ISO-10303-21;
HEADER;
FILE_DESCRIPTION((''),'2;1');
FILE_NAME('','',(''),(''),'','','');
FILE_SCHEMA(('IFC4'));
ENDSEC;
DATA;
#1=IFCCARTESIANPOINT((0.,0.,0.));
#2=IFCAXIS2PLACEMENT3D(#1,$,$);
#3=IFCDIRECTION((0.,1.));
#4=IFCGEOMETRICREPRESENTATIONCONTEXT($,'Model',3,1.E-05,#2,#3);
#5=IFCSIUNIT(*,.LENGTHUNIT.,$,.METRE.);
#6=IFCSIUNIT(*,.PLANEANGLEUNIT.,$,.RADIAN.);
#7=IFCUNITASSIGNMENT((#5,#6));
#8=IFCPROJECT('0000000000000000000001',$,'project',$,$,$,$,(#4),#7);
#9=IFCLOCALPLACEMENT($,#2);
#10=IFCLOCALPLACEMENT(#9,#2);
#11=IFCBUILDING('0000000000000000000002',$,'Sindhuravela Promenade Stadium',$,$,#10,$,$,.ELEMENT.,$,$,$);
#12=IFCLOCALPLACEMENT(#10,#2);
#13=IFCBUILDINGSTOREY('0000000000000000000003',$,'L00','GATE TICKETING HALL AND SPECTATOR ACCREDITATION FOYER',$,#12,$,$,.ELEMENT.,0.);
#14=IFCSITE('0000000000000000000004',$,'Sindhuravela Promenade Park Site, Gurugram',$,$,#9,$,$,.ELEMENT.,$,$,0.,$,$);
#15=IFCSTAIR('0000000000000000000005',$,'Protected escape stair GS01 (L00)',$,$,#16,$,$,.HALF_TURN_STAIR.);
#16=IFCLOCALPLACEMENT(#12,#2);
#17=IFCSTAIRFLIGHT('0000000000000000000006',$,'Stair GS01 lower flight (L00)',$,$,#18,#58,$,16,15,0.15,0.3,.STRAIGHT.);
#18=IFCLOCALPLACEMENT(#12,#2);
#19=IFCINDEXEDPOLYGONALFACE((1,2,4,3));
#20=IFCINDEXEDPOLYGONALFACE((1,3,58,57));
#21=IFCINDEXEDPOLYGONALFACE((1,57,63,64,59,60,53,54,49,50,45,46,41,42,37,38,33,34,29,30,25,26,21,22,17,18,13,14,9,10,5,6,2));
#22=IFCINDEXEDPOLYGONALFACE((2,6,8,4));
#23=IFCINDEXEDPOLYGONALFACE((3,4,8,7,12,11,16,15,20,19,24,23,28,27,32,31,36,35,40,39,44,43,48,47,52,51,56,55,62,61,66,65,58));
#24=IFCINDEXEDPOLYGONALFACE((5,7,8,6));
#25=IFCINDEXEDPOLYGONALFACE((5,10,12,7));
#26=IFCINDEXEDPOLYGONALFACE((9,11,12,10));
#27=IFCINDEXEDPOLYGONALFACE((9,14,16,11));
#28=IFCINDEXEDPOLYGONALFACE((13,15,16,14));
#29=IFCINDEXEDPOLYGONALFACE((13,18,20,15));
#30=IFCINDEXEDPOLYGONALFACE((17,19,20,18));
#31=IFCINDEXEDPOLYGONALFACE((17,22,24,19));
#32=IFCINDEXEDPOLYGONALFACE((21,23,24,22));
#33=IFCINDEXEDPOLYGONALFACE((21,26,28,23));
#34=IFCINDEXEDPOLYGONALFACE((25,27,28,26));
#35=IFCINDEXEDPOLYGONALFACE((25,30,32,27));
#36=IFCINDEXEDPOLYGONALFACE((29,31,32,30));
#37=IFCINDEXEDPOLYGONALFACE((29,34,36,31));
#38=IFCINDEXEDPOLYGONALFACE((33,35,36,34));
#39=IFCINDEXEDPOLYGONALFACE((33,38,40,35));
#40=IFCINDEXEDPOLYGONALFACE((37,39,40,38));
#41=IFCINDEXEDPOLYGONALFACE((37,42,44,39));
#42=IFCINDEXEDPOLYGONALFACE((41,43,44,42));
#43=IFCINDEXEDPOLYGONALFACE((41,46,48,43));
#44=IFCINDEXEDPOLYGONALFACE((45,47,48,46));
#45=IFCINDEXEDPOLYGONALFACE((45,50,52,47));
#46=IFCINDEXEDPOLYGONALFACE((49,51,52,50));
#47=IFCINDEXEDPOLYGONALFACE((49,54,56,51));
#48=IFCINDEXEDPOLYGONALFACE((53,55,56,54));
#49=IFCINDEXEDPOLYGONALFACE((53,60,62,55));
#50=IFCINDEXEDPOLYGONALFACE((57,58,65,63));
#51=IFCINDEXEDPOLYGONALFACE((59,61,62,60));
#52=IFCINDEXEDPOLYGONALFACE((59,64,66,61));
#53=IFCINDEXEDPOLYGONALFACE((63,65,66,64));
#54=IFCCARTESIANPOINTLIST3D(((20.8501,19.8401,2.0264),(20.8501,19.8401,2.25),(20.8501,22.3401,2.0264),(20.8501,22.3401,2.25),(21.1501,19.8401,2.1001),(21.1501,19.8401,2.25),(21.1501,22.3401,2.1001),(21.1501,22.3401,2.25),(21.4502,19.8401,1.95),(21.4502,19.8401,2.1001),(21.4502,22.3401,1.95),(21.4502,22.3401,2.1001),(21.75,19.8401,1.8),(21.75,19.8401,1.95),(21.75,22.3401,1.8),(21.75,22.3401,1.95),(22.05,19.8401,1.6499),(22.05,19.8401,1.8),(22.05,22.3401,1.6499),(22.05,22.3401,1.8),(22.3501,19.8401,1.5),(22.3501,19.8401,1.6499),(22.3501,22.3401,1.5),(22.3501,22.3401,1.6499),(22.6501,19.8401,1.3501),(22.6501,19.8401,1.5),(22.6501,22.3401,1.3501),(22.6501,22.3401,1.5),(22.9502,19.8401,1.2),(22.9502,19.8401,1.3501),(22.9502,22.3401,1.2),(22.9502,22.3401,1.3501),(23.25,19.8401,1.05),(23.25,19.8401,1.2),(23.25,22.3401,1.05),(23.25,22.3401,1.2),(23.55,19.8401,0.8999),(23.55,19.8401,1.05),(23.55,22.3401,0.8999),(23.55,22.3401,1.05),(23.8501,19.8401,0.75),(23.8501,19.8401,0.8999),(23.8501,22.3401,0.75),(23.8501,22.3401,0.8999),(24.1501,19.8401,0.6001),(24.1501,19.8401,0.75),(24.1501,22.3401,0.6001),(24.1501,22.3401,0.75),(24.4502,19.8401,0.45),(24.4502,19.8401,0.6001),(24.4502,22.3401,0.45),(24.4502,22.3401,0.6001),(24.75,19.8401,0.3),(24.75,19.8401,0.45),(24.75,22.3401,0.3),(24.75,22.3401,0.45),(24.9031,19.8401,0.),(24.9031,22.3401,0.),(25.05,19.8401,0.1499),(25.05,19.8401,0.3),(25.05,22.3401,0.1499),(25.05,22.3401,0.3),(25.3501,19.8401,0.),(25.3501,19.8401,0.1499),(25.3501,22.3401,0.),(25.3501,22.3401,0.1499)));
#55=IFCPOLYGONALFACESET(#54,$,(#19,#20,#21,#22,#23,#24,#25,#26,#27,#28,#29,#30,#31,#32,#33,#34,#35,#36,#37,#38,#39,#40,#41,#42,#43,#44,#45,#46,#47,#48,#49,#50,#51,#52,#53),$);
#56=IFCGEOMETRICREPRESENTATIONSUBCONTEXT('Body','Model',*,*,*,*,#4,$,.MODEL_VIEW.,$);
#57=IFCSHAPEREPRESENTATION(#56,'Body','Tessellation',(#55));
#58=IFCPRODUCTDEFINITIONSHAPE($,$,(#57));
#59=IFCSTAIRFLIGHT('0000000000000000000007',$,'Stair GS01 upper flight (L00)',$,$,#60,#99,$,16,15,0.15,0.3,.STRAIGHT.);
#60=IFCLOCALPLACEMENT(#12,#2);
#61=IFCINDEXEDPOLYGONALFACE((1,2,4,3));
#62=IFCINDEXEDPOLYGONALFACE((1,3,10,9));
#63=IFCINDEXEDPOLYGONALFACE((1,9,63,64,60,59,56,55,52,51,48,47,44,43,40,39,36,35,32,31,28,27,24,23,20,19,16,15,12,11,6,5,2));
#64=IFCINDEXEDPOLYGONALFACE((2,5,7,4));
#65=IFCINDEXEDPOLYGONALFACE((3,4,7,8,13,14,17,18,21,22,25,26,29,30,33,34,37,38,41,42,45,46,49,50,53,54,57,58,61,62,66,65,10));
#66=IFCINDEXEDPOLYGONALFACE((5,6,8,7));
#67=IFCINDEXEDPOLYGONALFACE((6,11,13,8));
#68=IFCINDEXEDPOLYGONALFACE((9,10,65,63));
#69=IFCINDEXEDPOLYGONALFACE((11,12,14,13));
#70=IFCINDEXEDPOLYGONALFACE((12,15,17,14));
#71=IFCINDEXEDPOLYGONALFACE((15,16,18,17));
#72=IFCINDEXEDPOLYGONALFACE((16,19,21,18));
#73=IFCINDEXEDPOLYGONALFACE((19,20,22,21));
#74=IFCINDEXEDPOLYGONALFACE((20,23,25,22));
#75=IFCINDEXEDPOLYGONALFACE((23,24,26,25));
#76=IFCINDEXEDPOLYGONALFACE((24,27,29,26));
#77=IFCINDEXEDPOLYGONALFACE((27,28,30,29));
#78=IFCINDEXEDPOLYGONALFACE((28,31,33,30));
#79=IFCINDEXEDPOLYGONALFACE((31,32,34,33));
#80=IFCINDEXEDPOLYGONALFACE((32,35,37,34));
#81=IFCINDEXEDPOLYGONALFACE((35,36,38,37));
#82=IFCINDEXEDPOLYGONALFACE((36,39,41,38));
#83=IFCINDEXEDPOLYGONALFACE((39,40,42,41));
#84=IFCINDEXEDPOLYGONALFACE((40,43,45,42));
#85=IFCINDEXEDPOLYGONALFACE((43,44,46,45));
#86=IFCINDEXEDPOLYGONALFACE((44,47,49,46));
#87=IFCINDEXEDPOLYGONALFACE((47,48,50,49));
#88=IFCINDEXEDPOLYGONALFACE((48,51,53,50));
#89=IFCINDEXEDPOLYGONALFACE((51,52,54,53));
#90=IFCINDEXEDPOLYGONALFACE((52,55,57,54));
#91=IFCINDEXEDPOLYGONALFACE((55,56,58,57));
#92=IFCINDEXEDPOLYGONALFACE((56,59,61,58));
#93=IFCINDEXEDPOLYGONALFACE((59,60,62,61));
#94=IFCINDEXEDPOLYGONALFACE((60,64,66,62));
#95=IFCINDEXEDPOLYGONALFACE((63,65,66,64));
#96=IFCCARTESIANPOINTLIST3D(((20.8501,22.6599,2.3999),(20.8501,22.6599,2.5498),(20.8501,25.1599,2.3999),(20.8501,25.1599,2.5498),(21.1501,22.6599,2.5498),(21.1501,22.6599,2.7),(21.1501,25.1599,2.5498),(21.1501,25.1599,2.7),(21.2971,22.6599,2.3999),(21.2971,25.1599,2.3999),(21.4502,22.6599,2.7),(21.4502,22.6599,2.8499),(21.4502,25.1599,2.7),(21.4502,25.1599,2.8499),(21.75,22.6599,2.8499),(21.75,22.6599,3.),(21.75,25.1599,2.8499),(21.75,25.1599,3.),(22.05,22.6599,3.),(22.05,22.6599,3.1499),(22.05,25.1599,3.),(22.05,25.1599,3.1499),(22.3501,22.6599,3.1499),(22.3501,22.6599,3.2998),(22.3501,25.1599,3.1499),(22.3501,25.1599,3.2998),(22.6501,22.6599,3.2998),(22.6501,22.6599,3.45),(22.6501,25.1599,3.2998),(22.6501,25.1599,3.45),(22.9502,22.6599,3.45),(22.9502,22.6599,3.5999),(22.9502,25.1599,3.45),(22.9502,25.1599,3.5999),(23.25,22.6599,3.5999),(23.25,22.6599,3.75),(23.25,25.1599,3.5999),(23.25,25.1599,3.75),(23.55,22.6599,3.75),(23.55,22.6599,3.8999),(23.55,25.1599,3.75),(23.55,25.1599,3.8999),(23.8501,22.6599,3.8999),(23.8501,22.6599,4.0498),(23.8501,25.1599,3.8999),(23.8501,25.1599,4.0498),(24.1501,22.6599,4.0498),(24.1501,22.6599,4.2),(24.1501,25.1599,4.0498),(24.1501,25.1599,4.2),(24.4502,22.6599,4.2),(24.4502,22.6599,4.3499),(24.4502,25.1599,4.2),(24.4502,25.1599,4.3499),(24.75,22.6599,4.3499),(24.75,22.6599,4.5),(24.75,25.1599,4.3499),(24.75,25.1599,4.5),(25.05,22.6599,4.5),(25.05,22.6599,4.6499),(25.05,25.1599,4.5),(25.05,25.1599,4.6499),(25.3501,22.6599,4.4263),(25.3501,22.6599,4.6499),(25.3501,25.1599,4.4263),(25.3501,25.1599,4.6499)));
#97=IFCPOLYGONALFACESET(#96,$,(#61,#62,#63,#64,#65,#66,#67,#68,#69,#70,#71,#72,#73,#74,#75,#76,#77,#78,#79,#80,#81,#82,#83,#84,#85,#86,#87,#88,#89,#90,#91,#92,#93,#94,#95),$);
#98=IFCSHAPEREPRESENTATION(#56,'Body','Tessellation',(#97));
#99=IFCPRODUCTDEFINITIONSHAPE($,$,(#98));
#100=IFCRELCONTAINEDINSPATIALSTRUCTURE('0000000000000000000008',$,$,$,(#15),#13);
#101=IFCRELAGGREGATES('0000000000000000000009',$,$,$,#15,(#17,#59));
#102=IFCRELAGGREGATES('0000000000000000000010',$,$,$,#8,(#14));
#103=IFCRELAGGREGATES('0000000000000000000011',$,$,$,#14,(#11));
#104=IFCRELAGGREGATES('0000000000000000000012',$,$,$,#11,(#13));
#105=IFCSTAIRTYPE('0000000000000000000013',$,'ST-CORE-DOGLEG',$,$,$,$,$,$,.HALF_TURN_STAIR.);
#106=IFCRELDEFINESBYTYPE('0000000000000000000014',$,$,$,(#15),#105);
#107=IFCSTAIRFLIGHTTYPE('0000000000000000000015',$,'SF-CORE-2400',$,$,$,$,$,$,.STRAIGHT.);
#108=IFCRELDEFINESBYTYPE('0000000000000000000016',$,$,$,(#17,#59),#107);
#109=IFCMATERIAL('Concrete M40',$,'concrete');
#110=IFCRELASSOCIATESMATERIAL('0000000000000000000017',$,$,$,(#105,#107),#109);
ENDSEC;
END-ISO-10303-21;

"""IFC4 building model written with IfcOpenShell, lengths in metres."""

from ifc_helpers import new_model, si_unit, direction, frame, origin, place, context, subcontext, project, spatial, polyline, outline, extrude, material, type_object, element, aggregate, save


model = new_model("IFC4")

# Units and contexts
model_context = context("Model", 3, precision=1e-05, world=origin(), true_north=direction((0.0, 1.0)))
body_context = subcontext(model_context, "Body", "Model", "MODEL_VIEW")
ifc_project = project(units=[si_unit("LENGTHUNIT", "METRE"), si_unit("PLANEANGLEUNIT", "RADIAN")], contexts=[model_context])

# Site, building, storey
site_placement = place(None, origin())
site = spatial("IfcSite", under=ifc_project, at=site_placement, Name="Sindhuravela Promenade Park Site, Gurugram", CompositionType="ELEMENT", RefElevation=0.0)
building_placement = place(site_placement, origin())
building = spatial("IfcBuilding", under=site, at=building_placement, Name="Sindhuravela Promenade Stadium", CompositionType="ELEMENT")
storey_placement = place(building_placement, origin())
storey = spatial("IfcBuildingStorey", under=building, at=storey_placement, Name="L00", Description="GATE TICKETING HALL AND SPECTATOR ACCREDITATION FOYER", CompositionType="ELEMENT", Elevation=0.0)

# Shared definitions
ifc_material_1 = material(Name="Concrete M40", Category="concrete")

# Stair, stair flights
stair_type = type_object("IfcStairType", Name="ST-CORE-DOGLEG", PredefinedType="HALF_TURN_STAIR", material=ifc_material_1)
stair_placement = place(storey_placement, origin())
stair = element("IfcStair", 1, at=stair_placement, inside=storey, type_object=stair_type, Name="Protected escape stair GS01 (L00)", PredefinedType="HALF_TURN_STAIR")
stair_flight_type = type_object("IfcStairFlightType", Name="SF-CORE-2400", PredefinedType="STRAIGHT", material=ifc_material_1)
stair_flight_1_placement = place(storey_placement, frame((25.3501, 21.0901, 0.0), z_axis=(0.0, 0.0, 1.0), x_axis=(-1.0, 0.0, 0.0)))
stair_flight_1 = element("IfcStairFlight", 2, at=stair_flight_1_placement, type_object=stair_flight_type, Name="Stair GS01 lower flight (L00)", NumberOfRisers=16, NumberOfTreads=15, PredefinedType="STRAIGHT", RiserHeight=0.15, TreadLength=0.3, context=body_context, shape_type="SweptSolid", body=[
    extrude(outline(polyline([(0.0, 0.0), (0.0, 0.1499), (0.3, 0.1499), (0.3, 0.3), (0.6001, 0.3), (0.6001, 0.45), (0.8999, 0.45), (0.8999, 0.6001), (1.2, 0.6001), (1.2, 0.75), (1.5, 0.75), (1.5, 0.8999), (1.8, 0.8999), (1.8, 1.05), (2.1001, 1.05), (2.1001, 1.2), (2.3999, 1.2), (2.3999, 1.3501), (2.7, 1.3501), (2.7, 1.5), (3.0, 1.5), (3.0, 1.6499), (3.3, 1.6499), (3.3, 1.8), (3.6001, 1.8), (3.6001, 1.95), (3.8999, 1.95), (3.8999, 2.1001), (4.2, 2.1001), (4.2, 2.25), (4.5, 2.25), (4.5, 2.3999), (4.5, 2.0264), (0.447, 0.0), (0.0, 0.0)])), frame((0.0, 1.25, 0.0), z_axis=(0.0, -1.0, 0.0), x_axis=(1.0, 0.0, 0.0)), (0.0, 0.0, 1.0), 2.5),
])
stair_flight_2_placement = place(storey_placement, frame((20.8501, 23.9099, 2.3999), z_axis=(0.0, 0.0, 1.0), x_axis=(1.0, 0.0, 0.0)))
stair_flight_2 = element("IfcStairFlight", 3, at=stair_flight_2_placement, type_object=stair_flight_type, Name="Stair GS01 upper flight (L00)", NumberOfRisers=16, NumberOfTreads=15, PredefinedType="STRAIGHT", RiserHeight=0.15, TreadLength=0.3, context=body_context, shape_type="SweptSolid", body=[
    extrude(outline(polyline([(0.0, 0.0), (0.0, 0.1499), (0.3, 0.1499), (0.3, 0.3), (0.6001, 0.3), (0.6001, 0.45), (0.8999, 0.45), (0.8999, 0.6001), (1.2, 0.6001), (1.2, 0.75), (1.5, 0.75), (1.5, 0.8999), (1.8, 0.8999), (1.8, 1.05), (2.1001, 1.05), (2.1001, 1.2), (2.3999, 1.2), (2.3999, 1.3501), (2.7, 1.3501), (2.7, 1.5), (3.0, 1.5), (3.0, 1.6499), (3.3, 1.6499), (3.3, 1.8), (3.6001, 1.8), (3.6001, 1.95), (3.8999, 1.95), (3.8999, 2.1001), (4.2, 2.1001), (4.2, 2.25), (4.5, 2.25), (4.5, 2.3999), (4.5, 2.0264), (0.447, 0.0), (0.0, 0.0)])), frame((0.0, 1.25, 0.0), z_axis=(0.0, -1.0, 0.0), x_axis=(1.0, 0.0, 0.0)), (0.0, 0.0, 1.0), 2.5),
])
aggregate(stair, [stair_flight_1, stair_flight_2])

save(model, "model.ifc")
